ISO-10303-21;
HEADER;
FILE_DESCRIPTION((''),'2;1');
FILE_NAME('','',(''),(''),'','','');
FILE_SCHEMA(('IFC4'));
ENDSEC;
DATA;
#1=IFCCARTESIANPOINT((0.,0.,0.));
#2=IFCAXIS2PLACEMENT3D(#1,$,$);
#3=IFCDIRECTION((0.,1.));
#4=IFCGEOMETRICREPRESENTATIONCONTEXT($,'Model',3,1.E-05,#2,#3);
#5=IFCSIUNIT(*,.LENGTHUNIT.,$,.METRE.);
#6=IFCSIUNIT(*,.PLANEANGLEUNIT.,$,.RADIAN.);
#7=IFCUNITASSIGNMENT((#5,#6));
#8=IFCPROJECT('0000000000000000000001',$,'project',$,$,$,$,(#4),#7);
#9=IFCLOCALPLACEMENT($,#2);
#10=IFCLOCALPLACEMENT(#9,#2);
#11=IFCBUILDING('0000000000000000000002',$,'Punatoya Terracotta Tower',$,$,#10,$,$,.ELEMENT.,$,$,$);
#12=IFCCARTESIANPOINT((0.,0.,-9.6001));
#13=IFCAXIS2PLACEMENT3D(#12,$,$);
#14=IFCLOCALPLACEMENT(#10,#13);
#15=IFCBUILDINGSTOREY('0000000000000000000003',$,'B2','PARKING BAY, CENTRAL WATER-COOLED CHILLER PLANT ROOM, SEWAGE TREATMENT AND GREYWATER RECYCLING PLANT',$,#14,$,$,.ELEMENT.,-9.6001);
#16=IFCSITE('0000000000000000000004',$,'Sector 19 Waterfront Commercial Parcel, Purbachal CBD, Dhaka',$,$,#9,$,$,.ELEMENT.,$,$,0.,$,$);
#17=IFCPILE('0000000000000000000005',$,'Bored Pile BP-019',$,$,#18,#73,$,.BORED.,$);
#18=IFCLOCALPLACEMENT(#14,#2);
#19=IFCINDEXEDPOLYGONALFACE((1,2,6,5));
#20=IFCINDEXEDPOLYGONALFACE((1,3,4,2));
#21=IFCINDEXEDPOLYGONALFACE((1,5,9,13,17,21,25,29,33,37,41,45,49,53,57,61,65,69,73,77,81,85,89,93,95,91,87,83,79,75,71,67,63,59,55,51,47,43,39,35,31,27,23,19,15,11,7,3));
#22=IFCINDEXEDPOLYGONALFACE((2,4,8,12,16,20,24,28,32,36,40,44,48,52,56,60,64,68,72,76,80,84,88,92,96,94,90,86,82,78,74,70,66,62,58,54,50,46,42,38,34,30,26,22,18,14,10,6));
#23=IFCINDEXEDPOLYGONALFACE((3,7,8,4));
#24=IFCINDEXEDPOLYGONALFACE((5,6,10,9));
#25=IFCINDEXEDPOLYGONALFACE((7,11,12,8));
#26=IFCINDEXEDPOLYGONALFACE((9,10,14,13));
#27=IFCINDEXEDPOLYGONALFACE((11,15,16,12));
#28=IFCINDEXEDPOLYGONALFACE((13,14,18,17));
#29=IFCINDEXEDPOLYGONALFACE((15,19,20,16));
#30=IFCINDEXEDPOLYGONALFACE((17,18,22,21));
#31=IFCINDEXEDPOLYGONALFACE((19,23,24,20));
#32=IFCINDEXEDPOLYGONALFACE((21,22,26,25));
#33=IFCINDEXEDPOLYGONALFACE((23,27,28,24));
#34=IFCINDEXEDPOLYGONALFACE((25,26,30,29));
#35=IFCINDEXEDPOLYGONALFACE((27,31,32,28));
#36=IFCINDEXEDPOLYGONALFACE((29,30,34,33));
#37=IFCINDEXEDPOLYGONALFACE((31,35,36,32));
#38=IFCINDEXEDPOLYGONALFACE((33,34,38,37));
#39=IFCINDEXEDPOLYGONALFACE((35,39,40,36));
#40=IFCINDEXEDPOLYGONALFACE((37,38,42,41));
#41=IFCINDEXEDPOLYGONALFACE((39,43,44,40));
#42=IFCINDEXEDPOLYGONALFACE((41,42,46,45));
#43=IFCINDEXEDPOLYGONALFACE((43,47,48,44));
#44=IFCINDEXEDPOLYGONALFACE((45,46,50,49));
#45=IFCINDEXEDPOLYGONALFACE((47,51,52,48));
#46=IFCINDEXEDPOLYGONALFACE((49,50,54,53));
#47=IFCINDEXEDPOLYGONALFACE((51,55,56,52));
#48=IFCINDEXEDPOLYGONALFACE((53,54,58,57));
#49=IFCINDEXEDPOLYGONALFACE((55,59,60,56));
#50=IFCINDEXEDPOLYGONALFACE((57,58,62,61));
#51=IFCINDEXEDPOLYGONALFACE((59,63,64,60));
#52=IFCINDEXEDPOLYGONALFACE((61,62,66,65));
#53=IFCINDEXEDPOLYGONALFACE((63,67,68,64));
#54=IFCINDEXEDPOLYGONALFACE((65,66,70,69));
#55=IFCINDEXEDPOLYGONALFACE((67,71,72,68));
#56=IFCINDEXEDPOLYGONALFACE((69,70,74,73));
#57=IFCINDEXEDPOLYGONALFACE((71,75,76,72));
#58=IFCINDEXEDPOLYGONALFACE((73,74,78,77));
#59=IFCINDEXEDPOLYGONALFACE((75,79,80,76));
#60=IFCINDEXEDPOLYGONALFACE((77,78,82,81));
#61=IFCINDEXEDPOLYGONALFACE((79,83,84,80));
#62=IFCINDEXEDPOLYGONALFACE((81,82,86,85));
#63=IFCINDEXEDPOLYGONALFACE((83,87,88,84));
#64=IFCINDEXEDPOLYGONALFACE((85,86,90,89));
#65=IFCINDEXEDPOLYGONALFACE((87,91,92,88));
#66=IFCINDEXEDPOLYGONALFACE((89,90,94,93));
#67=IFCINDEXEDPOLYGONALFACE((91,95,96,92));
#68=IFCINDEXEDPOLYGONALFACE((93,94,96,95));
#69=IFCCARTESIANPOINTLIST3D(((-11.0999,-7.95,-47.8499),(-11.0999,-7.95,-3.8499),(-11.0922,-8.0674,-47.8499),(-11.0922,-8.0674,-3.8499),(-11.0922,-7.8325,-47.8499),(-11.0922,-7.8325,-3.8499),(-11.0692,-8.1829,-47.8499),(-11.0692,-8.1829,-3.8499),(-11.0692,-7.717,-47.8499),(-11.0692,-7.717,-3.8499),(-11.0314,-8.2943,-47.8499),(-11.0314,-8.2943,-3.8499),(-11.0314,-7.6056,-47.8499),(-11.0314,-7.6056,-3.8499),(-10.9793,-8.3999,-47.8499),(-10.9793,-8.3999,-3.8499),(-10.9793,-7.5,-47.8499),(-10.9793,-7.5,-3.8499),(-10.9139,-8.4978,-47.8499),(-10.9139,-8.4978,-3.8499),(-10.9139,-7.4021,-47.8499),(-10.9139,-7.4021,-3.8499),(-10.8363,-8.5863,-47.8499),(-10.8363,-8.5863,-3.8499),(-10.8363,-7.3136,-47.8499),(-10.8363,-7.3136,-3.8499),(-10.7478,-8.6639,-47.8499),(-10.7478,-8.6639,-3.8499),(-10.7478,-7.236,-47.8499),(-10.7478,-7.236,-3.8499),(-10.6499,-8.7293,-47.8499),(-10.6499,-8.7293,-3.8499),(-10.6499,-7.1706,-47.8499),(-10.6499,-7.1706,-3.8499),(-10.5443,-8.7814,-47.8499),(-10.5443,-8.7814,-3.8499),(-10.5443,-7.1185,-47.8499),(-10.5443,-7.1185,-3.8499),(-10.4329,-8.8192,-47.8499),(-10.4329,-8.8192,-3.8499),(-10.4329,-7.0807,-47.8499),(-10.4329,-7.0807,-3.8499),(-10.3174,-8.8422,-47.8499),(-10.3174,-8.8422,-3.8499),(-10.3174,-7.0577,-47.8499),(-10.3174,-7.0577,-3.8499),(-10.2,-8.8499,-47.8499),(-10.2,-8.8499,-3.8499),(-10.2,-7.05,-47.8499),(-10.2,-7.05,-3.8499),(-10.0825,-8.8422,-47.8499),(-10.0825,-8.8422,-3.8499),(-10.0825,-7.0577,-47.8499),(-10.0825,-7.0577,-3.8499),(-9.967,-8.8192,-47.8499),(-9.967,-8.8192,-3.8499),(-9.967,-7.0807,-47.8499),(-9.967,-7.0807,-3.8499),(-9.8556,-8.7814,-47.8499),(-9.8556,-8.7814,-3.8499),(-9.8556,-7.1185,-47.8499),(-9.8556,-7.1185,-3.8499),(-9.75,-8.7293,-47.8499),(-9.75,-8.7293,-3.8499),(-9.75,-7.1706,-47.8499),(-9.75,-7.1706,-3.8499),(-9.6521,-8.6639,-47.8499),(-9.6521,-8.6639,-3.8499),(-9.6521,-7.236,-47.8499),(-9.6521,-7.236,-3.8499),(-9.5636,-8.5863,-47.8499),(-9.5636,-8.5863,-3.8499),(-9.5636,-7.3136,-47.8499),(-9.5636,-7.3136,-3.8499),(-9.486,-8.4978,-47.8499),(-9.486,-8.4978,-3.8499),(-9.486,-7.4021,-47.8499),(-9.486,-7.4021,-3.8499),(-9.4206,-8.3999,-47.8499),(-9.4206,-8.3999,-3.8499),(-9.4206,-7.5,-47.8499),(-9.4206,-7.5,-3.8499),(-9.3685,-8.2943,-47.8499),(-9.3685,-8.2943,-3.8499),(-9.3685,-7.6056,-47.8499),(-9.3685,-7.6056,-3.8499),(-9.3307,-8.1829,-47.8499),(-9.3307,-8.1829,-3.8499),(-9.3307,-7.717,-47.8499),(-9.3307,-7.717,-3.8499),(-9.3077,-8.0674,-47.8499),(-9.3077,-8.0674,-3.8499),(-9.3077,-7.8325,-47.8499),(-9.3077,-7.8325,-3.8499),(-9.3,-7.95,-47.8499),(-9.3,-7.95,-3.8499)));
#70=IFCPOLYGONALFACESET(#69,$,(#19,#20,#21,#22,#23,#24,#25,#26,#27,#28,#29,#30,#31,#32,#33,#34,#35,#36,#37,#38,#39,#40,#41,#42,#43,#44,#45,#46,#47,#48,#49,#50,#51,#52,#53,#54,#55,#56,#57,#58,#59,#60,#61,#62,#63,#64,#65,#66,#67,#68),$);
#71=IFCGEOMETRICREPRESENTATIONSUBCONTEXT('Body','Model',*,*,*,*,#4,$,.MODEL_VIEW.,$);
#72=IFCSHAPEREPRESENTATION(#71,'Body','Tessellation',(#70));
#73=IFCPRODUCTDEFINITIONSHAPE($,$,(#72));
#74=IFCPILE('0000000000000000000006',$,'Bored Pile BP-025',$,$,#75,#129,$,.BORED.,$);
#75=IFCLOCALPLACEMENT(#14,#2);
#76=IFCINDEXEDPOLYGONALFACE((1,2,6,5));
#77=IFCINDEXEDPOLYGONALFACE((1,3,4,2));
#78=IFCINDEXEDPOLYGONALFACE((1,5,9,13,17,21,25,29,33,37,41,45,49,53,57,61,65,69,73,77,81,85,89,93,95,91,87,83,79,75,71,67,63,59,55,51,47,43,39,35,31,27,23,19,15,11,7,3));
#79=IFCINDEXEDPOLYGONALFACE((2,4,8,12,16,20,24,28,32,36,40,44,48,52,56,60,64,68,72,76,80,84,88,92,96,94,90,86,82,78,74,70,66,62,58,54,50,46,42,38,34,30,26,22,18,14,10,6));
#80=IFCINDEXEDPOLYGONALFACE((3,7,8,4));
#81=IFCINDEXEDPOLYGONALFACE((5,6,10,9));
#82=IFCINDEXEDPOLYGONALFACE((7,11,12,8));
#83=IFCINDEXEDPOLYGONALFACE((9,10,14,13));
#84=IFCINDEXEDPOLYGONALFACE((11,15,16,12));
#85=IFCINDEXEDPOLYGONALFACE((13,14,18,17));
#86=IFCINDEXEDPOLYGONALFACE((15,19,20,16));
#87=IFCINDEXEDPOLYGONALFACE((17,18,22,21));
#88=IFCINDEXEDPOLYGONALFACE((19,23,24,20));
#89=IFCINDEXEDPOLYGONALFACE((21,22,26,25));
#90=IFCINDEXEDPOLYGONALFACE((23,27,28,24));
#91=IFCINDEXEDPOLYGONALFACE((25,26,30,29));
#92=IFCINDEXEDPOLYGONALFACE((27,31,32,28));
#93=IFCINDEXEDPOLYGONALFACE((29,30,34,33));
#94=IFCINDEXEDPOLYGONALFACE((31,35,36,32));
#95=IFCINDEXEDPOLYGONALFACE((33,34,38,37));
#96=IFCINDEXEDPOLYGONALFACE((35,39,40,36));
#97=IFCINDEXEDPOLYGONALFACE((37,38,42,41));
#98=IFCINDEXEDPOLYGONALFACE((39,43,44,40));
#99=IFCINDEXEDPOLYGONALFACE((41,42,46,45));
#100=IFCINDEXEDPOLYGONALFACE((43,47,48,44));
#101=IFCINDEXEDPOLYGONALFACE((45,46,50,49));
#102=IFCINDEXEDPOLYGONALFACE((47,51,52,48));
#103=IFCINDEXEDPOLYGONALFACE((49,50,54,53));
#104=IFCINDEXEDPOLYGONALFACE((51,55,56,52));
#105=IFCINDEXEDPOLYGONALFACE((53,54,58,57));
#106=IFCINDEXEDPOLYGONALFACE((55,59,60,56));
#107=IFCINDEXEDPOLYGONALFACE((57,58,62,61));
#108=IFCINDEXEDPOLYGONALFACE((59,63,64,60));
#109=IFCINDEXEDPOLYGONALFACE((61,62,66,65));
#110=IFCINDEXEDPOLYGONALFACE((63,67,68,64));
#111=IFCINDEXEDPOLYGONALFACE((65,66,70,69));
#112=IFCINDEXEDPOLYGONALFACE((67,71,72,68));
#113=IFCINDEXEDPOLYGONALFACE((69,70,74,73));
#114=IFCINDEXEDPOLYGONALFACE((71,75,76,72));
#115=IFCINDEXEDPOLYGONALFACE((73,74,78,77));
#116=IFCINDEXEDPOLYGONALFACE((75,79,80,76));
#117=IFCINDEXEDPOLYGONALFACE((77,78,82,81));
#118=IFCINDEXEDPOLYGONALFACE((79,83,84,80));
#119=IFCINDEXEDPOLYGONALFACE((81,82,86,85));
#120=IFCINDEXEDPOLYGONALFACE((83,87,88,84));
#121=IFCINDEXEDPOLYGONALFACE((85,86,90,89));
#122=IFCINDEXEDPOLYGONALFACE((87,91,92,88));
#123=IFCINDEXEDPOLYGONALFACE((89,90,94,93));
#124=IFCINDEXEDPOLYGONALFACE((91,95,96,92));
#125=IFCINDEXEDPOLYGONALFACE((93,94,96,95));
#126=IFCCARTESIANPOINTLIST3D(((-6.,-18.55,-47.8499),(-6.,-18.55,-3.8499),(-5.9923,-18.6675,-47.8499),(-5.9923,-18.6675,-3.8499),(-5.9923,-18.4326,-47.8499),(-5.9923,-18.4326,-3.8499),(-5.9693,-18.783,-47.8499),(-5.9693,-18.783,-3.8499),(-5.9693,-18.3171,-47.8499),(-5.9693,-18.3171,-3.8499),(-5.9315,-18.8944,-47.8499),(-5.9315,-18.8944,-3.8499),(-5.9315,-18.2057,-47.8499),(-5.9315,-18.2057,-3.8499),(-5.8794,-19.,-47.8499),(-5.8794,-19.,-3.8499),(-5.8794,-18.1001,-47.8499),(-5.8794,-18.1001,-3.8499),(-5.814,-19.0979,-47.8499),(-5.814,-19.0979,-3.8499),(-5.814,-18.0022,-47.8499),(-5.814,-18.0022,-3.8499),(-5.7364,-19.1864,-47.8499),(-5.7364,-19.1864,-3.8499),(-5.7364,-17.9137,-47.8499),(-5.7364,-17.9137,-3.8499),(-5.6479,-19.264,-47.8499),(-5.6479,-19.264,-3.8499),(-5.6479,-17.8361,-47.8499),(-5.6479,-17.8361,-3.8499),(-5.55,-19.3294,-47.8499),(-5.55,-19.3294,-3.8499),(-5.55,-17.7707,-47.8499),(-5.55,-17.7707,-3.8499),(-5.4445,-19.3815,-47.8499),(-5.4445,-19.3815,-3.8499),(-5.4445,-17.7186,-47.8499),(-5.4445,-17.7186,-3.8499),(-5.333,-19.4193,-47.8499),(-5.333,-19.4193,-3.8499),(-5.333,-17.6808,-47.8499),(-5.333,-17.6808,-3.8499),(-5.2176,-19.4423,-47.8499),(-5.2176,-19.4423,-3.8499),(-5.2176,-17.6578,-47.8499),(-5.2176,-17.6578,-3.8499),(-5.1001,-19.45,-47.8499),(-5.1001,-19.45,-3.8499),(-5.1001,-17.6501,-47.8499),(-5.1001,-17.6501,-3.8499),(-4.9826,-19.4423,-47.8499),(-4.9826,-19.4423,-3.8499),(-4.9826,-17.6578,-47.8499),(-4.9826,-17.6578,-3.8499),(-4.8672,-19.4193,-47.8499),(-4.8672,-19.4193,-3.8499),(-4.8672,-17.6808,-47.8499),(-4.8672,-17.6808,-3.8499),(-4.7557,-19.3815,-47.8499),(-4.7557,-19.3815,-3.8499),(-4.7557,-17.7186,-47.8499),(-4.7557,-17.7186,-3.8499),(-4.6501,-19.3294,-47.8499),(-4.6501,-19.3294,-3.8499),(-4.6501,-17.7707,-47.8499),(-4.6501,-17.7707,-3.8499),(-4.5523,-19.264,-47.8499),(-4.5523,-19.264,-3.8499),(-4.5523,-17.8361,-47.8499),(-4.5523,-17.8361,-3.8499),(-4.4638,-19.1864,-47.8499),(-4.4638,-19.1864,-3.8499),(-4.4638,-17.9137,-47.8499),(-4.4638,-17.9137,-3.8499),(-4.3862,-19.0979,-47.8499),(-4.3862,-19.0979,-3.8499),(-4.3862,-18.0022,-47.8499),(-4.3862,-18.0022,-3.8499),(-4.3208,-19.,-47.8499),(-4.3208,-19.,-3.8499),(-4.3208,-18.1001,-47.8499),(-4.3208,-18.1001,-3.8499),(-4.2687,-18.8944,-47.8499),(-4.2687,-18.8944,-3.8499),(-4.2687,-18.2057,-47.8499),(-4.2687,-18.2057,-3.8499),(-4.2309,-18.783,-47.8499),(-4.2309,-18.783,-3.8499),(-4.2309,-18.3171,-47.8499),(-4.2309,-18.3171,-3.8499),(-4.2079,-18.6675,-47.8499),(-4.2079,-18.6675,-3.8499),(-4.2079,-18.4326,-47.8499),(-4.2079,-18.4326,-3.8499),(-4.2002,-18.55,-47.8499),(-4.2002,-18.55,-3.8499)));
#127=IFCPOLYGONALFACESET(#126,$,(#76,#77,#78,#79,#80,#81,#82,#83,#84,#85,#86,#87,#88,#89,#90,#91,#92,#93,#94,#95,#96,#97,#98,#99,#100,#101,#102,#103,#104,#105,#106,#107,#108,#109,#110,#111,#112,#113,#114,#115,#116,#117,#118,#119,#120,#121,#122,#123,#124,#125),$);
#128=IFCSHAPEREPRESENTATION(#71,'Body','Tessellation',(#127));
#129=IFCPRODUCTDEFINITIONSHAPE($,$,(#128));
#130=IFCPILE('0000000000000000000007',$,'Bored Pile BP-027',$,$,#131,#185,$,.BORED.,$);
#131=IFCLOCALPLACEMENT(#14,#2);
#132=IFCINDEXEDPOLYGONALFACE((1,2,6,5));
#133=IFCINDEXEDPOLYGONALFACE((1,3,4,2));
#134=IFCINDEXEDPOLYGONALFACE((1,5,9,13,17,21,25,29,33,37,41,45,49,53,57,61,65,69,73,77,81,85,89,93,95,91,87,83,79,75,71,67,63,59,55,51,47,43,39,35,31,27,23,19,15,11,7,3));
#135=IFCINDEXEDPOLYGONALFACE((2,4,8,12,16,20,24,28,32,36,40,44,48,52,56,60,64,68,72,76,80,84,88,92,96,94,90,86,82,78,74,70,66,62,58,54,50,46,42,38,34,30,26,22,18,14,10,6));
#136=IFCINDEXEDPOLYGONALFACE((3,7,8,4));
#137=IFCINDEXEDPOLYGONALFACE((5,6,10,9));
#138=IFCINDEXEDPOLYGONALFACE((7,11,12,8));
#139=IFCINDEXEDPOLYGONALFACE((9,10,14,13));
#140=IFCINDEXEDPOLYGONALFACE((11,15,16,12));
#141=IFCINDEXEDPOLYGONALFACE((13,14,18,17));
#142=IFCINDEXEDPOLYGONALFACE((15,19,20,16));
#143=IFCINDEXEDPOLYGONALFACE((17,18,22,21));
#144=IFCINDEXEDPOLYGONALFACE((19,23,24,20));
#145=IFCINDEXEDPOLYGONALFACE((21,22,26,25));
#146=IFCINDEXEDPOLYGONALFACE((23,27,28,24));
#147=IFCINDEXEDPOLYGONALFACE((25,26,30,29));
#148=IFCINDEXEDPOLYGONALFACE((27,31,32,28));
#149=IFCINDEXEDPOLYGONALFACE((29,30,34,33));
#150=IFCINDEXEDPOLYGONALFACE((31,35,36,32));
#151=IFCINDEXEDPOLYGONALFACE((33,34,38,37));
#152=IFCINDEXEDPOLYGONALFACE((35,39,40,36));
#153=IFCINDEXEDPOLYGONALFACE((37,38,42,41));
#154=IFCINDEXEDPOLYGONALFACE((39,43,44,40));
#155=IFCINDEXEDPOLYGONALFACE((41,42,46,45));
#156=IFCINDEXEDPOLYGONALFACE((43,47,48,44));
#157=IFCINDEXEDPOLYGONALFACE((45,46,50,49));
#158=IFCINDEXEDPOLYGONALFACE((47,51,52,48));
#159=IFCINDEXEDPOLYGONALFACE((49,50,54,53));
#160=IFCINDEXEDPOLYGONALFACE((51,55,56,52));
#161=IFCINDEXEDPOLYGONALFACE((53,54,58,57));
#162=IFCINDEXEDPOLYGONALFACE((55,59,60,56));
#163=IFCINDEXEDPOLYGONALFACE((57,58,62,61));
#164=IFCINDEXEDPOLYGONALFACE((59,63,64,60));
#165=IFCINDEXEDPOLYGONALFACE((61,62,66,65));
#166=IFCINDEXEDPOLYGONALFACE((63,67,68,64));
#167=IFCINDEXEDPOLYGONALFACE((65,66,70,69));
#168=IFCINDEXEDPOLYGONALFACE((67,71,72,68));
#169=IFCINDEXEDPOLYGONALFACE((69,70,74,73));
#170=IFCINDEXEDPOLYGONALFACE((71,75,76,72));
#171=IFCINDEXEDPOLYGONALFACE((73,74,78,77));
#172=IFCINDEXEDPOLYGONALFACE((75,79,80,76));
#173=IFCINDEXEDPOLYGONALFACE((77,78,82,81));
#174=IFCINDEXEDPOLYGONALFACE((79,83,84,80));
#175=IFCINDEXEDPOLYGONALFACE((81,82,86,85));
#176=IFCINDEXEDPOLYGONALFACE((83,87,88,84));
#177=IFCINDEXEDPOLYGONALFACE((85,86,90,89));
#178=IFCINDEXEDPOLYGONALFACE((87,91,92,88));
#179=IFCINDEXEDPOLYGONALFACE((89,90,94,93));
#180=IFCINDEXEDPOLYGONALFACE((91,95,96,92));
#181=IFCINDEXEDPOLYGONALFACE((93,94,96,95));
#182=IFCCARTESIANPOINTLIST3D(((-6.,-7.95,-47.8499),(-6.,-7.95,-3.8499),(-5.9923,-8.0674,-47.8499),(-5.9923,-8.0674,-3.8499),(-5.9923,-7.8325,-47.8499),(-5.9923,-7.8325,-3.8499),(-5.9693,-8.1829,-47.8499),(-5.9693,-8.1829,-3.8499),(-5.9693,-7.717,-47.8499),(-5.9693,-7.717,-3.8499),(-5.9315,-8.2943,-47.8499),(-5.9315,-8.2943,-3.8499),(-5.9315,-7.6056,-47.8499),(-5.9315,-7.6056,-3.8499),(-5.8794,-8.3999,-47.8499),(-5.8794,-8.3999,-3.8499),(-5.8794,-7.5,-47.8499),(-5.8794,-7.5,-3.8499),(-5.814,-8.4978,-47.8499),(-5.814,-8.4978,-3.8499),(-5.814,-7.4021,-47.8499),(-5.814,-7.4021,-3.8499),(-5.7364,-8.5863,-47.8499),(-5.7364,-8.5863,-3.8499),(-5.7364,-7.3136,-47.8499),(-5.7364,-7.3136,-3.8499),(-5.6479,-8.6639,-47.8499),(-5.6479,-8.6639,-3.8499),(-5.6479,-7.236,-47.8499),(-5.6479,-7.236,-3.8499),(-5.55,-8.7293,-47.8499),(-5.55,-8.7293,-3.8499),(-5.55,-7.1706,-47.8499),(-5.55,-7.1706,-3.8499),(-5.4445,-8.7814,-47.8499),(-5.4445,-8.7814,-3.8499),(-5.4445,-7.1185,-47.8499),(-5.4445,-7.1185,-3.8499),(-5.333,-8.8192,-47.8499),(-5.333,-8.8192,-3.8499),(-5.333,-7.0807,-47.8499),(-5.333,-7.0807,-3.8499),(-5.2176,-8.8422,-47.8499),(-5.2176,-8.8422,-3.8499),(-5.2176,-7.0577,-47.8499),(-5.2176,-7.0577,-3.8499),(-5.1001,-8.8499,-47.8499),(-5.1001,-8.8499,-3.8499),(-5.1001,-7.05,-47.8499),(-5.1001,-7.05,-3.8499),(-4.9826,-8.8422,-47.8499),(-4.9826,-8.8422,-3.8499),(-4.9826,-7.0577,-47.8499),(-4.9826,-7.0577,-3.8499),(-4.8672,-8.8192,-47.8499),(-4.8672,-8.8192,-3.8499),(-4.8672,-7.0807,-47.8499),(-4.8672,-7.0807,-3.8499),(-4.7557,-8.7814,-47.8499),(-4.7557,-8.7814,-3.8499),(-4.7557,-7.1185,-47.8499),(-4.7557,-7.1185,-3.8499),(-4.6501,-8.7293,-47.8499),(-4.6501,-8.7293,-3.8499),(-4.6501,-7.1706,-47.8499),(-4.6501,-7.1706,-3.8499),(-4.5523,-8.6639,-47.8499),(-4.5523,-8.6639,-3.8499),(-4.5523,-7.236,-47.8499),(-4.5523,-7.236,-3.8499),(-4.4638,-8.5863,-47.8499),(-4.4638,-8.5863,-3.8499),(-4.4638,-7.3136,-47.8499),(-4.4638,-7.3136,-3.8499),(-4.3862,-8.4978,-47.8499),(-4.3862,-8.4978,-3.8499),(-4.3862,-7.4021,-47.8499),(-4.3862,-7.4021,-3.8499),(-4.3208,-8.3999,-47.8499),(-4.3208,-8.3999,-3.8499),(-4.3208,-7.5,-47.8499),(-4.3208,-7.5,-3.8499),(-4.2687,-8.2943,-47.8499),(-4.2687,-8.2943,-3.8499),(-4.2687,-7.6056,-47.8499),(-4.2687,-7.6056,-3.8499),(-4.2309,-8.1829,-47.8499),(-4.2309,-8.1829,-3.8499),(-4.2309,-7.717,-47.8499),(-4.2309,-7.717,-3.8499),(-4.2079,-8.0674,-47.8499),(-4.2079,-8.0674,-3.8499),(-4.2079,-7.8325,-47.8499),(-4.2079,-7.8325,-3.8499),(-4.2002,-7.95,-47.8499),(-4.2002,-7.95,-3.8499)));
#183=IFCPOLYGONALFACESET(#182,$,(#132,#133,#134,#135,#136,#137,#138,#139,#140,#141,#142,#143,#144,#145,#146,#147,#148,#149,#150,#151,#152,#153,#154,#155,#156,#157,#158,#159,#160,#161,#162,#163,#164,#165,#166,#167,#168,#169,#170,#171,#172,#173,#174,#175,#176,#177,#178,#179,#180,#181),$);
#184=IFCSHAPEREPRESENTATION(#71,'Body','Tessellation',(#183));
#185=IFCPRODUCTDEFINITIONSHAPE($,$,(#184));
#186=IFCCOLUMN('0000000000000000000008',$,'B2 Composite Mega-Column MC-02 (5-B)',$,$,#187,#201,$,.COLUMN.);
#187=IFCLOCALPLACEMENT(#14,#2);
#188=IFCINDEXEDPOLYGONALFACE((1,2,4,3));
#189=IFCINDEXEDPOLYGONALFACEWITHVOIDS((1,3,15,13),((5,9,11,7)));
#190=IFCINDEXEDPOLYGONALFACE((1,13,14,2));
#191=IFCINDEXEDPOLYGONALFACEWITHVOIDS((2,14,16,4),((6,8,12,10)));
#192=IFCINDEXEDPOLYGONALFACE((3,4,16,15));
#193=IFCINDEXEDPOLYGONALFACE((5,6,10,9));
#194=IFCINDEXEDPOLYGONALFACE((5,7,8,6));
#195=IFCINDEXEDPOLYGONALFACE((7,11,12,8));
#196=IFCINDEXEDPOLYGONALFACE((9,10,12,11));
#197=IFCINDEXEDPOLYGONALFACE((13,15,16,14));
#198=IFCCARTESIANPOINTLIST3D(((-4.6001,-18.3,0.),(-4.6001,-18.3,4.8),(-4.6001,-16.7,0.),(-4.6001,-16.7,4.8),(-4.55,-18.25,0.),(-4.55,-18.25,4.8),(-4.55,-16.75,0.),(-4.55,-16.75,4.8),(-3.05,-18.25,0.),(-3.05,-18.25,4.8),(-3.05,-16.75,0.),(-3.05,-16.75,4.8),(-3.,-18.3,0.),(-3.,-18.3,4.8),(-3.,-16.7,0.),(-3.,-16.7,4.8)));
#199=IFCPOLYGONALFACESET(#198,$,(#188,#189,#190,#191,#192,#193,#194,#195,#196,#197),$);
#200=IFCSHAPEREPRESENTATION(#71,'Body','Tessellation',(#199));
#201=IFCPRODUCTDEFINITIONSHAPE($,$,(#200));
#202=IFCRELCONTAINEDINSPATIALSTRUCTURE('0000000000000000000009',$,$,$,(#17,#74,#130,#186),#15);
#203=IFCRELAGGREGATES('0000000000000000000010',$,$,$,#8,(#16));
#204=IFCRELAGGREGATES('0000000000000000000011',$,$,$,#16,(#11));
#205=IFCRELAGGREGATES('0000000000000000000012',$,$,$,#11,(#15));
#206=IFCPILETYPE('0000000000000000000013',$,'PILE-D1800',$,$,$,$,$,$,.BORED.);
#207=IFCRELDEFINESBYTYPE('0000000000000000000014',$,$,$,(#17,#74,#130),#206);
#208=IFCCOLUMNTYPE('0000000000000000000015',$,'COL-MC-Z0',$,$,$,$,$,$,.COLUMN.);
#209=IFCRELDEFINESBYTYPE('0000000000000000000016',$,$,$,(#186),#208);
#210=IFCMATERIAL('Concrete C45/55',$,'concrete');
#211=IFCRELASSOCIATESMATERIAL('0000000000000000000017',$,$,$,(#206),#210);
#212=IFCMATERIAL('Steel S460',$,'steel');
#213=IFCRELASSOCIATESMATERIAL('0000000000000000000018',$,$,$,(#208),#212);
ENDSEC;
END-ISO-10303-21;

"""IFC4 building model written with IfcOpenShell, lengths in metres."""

from ifc_helpers import new_model, si_unit, direction, frame, origin, origin_2d, place, context, subcontext, project, spatial, hollow_rectangle, circle, extrude, material, material_profile, profile_set, type_object, element, save


model = new_model("IFC4")

# Units and contexts
model_context = context("Model", 3, precision=1e-05, world=origin(), true_north=direction((0.0, 1.0)))
body_context = subcontext(model_context, "Body", "Model", "MODEL_VIEW")
ifc_project = project(units=[si_unit("LENGTHUNIT", "METRE"), si_unit("PLANEANGLEUNIT", "RADIAN")], contexts=[model_context])

# Site, building, storey
site_placement = place(None, origin())
site = spatial("IfcSite", under=ifc_project, at=site_placement, Name="Sector 19 Waterfront Commercial Parcel, Purbachal CBD, Dhaka", CompositionType="ELEMENT", RefElevation=0.0)
building_placement = place(site_placement, origin())
building = spatial("IfcBuilding", under=site, at=building_placement, Name="Punatoya Terracotta Tower", CompositionType="ELEMENT")
storey_placement = place(building_placement, frame((0.0, 0.0, -9.6001)))
storey = spatial("IfcBuildingStorey", under=building, at=storey_placement, Name="B2", Description="PARKING BAY, CENTRAL WATER-COOLED CHILLER PLANT ROOM, SEWAGE TREATMENT AND GREYWATER RECYCLING PLANT", CompositionType="ELEMENT", Elevation=-9.6001)

# Shared definitions
ifc_material_1 = material(Name="Concrete C45/55", Category="concrete")

# Piles
ifc_material_profile_1 = material_profile(ifc_material_1, circle(Radius=0.8999, at=origin_2d()))
ifc_profile_set_1 = profile_set([ifc_material_profile_1], Name="Concrete C45/55")
pile_type_1 = type_object("IfcPileType", Name="PILE-D1800", PredefinedType="BORED", material=ifc_profile_set_1)
for number, where, z_axis, x_axis, name in (
    (1, (-10.2, -7.95, -3.8499), (0.0, 0.0, -1.0), (1.0, 0.0, 0.0), "Bored Pile BP-019"),
    (2, (-5.1001, -18.55, -3.8499), (0.0, 0.0, -1.0), (1.0, 0.0, 0.0), "Bored Pile BP-025"),
    (3, (-5.1001, -7.95, -3.8499), (0.0, 0.0, -1.0), (1.0, 0.0, 0.0), "Bored Pile BP-027"),
):
    element("IfcPile", number, at=place(storey_placement, frame(where, z_axis=z_axis, x_axis=x_axis)), inside=storey, type_object=pile_type_1, Name=name, PredefinedType="BORED", context=body_context, shape_type="SweptSolid", body=[
        extrude(circle(Radius=0.8999, at=origin_2d()), origin(), (0.0, 0.0, 1.0), 44.0),
    ])

# Column
ifc_material_2 = material(Name="Steel S460", Category="steel")
ifc_material_profile_2 = material_profile(ifc_material_2, hollow_rectangle(XDim=1.6001, YDim=1.6001, WallThickness=0.05, at=origin_2d()))
ifc_profile_set_2 = profile_set([ifc_material_profile_2], Name="Steel S460")
column_type_1 = type_object("IfcColumnType", Name="COL-MC-Z0", PredefinedType="COLUMN", material=ifc_profile_set_2)
column_1_placement = place(storey_placement, frame((-3.8, -17.5, 0.0), z_axis=(0.0, 0.0, 1.0), x_axis=(1.0, 0.0, 0.0)))
element("IfcColumn", 4, at=column_1_placement, inside=storey, type_object=column_type_1, Name="B2 Composite Mega-Column MC-02 (5-B)", PredefinedType="COLUMN", context=body_context, shape_type="SweptSolid", body=[
    extrude(hollow_rectangle(XDim=1.6001, YDim=1.6001, WallThickness=0.05, at=origin_2d()), origin(), (0.0, 0.0, 1.0), 4.8),
])

save(model, "model.ifc")
